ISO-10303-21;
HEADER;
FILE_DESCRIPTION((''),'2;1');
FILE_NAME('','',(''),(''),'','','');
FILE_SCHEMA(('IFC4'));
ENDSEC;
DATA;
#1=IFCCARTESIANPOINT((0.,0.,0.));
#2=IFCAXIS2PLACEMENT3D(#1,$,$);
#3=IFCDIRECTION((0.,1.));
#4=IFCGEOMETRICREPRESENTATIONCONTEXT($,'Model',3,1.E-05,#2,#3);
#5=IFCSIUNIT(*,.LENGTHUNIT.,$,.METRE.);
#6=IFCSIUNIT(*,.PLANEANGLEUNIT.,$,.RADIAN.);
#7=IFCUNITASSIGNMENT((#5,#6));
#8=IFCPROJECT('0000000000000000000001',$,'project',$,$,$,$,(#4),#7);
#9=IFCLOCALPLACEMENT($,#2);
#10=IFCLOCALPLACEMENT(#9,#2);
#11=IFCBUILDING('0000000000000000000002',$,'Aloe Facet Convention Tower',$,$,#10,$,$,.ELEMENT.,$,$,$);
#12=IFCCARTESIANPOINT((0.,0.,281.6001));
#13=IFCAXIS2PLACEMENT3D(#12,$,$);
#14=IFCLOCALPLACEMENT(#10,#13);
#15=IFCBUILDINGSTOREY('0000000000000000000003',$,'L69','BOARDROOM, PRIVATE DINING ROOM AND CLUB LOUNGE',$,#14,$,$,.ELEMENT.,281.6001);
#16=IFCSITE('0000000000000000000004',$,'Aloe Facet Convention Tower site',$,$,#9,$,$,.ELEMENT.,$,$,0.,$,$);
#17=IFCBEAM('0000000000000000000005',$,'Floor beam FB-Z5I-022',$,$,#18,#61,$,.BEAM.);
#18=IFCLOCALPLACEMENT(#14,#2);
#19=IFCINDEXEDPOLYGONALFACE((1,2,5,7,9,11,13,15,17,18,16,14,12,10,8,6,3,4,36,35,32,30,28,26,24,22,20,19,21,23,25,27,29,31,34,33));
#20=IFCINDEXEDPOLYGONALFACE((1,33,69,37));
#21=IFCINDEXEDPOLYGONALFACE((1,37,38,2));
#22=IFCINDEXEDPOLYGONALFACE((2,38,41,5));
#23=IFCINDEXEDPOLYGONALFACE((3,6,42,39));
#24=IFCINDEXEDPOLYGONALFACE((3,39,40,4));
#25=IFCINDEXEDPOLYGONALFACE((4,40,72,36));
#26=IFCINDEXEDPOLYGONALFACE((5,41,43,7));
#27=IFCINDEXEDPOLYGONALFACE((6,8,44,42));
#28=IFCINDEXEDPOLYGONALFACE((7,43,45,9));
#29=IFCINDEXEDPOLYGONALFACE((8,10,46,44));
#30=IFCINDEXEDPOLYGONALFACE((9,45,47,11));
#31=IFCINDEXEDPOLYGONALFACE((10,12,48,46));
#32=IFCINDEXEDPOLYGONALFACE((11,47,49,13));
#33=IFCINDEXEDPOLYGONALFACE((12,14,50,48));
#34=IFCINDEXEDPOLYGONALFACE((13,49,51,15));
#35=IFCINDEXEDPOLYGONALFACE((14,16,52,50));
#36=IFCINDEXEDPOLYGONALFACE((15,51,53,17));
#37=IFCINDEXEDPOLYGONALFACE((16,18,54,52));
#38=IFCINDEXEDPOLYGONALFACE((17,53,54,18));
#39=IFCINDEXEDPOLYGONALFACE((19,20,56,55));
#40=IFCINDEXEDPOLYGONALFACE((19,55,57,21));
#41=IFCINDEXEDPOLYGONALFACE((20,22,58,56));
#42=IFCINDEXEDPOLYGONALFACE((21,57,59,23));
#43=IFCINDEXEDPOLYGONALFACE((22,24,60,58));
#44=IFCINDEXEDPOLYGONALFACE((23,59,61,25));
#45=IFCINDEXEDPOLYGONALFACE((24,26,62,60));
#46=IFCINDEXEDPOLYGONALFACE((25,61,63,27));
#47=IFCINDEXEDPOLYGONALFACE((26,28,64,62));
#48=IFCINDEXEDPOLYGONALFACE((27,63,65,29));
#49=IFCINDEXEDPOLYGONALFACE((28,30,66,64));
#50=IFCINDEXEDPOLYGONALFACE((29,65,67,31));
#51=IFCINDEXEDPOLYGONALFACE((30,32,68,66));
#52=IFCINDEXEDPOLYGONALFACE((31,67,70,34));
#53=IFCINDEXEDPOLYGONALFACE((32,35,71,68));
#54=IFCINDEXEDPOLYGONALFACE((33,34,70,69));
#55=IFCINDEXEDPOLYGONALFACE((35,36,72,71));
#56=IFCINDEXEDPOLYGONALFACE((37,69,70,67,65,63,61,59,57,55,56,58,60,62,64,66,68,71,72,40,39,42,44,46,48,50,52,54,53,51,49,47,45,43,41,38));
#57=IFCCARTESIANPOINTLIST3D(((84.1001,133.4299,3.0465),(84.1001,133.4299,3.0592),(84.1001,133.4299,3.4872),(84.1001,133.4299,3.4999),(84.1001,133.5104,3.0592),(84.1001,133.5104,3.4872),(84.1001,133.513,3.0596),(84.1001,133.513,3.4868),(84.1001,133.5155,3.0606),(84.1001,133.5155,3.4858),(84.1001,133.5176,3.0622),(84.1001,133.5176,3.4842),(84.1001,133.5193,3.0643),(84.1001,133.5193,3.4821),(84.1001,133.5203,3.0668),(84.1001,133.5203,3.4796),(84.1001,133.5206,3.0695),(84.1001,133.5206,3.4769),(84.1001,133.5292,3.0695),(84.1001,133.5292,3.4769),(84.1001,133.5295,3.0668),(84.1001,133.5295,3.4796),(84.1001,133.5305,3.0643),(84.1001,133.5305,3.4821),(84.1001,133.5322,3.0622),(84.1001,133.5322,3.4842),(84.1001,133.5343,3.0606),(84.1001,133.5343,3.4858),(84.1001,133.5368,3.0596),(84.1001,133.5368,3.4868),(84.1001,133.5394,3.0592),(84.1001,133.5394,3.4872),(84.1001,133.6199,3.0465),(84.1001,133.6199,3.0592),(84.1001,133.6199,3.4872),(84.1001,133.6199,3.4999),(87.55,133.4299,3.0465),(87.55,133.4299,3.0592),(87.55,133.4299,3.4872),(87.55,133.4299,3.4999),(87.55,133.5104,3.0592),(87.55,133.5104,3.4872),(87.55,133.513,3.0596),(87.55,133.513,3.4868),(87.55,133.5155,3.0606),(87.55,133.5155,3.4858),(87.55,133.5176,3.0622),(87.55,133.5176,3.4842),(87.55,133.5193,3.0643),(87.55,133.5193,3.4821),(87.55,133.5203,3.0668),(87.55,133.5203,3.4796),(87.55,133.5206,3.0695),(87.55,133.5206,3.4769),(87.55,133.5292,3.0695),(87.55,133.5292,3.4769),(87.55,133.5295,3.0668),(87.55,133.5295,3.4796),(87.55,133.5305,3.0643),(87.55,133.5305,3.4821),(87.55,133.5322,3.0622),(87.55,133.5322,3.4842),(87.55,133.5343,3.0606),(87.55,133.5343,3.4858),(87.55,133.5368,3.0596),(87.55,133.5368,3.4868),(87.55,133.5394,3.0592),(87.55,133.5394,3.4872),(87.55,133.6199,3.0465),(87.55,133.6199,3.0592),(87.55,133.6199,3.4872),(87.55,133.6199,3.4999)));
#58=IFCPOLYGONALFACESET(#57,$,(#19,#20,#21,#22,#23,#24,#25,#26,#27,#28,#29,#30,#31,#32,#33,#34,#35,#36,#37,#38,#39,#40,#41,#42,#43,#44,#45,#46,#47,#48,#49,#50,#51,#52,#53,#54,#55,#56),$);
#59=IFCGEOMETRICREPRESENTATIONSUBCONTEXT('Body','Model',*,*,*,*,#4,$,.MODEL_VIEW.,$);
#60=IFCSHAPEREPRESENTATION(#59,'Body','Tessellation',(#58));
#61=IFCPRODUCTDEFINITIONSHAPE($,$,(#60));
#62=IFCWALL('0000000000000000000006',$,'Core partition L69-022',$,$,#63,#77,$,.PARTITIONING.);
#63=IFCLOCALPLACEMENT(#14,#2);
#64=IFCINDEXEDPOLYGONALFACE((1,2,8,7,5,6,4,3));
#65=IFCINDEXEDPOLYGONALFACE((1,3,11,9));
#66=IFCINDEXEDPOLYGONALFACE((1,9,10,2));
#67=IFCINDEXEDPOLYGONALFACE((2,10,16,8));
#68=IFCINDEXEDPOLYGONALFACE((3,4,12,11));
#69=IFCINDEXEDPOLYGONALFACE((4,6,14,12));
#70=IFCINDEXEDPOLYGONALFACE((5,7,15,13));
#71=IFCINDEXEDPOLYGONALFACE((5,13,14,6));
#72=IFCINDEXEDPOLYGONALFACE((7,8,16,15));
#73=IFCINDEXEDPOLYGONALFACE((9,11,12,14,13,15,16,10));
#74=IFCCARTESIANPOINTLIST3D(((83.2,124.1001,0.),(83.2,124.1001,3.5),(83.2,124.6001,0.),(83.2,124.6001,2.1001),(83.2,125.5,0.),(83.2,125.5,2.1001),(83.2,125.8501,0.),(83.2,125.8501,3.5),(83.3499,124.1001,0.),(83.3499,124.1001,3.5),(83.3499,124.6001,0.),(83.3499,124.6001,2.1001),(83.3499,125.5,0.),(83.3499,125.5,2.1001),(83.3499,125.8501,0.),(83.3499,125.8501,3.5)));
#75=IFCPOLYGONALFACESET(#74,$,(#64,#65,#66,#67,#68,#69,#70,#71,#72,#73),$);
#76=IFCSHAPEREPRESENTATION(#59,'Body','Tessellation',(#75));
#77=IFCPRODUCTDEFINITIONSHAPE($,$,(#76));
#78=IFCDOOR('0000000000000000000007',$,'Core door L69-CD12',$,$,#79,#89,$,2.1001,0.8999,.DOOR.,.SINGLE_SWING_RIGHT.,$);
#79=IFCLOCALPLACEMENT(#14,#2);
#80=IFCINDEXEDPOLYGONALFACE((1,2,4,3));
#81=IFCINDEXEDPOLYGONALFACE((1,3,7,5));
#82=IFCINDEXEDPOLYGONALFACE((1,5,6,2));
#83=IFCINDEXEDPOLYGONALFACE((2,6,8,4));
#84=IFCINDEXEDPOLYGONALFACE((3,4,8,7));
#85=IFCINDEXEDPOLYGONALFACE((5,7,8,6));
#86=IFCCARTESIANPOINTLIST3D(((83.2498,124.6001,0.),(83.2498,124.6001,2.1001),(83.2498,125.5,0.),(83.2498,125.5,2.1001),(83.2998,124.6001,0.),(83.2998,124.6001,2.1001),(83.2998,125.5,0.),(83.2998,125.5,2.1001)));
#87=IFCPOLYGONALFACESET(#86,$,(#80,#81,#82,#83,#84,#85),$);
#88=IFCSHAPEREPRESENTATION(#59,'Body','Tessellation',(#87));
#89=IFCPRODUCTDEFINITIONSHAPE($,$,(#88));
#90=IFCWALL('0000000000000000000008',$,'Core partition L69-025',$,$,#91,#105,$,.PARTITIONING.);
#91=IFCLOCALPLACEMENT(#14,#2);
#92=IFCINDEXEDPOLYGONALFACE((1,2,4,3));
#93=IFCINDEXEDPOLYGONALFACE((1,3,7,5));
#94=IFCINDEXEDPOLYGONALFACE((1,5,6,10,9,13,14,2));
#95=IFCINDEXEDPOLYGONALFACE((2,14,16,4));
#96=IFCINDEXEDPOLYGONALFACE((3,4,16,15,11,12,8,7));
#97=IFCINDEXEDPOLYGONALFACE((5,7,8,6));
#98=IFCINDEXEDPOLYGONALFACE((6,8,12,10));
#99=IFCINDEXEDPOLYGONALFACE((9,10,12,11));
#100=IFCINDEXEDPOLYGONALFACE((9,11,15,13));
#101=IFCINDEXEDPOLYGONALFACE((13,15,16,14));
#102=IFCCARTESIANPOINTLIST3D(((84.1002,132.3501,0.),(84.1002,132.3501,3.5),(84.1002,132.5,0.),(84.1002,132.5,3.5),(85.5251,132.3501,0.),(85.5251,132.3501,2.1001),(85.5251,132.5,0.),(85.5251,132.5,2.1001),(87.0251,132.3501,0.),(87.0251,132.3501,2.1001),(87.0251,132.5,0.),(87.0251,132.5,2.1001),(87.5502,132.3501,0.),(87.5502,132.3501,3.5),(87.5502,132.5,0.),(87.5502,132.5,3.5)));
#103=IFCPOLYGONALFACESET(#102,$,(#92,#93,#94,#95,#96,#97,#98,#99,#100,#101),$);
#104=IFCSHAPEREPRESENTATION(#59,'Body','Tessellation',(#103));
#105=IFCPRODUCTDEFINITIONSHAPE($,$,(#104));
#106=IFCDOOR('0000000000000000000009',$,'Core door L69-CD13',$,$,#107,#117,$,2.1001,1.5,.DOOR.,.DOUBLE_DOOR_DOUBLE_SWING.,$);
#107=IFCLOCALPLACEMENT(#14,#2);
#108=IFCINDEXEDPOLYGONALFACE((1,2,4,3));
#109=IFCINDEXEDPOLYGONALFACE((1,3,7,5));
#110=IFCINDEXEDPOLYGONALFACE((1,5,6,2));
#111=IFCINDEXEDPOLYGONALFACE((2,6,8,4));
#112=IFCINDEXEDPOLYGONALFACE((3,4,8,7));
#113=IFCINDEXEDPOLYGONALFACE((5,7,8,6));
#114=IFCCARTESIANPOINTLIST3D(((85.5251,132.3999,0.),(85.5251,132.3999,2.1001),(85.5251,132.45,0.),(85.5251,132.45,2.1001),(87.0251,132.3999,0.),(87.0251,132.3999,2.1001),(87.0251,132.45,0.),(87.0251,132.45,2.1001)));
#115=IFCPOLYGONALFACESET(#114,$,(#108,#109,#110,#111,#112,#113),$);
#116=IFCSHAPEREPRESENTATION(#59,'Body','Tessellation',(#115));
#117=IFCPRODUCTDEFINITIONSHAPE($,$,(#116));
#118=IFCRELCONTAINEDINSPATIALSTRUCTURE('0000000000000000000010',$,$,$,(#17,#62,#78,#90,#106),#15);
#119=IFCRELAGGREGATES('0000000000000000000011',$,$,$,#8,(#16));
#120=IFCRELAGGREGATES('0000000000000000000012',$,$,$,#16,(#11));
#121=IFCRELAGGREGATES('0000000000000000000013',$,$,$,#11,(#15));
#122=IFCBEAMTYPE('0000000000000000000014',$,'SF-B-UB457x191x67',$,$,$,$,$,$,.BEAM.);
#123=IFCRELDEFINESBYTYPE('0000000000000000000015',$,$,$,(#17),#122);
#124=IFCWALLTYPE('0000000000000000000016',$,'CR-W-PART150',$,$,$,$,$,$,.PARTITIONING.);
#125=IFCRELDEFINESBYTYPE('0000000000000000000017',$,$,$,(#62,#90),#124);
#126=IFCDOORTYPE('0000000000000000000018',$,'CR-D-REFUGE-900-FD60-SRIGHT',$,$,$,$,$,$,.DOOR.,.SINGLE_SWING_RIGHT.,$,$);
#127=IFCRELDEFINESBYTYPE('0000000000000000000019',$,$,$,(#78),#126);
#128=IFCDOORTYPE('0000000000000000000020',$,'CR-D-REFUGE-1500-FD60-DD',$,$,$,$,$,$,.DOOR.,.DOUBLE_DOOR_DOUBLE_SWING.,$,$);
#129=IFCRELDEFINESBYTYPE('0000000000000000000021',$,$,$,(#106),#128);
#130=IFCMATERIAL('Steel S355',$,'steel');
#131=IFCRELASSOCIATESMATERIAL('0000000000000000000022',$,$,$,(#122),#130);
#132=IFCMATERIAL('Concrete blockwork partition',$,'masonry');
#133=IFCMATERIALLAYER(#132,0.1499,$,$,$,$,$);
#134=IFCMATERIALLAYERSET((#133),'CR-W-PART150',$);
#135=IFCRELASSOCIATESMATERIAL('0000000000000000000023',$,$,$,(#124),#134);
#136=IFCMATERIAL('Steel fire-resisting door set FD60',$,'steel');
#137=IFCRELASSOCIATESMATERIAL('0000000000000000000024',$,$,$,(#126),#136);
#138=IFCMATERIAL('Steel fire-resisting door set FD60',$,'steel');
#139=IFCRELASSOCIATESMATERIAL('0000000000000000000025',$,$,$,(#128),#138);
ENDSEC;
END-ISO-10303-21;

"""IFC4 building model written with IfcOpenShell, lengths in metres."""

from ifc_helpers import new_model, si_unit, direction, frame, frame_2d, origin, origin_2d, place, context, subcontext, project, spatial, rectangle, i_section, extrude, material, layer, layer_set, material_profile, profile_set, type_object, element, fill, save


model = new_model("IFC4")

# Units and contexts
model_context = context("Model", 3, precision=1e-05, world=origin(), true_north=direction((0.0, 1.0)))
body_context = subcontext(model_context, "Body", "Model", "MODEL_VIEW")
ifc_project = project(units=[si_unit("LENGTHUNIT", "METRE"), si_unit("PLANEANGLEUNIT", "RADIAN")], contexts=[model_context])

# Site, building, storey
site_placement = place(None, origin())
site = spatial("IfcSite", under=ifc_project, at=site_placement, Name="Aloe Facet Convention Tower site", CompositionType="ELEMENT", RefElevation=0.0)
building_placement = place(site_placement, origin())
building = spatial("IfcBuilding", under=site, at=building_placement, Name="Aloe Facet Convention Tower", CompositionType="ELEMENT")
storey_placement = place(building_placement, frame((0.0, 0.0, 281.6001)))
storey = spatial("IfcBuildingStorey", under=building, at=storey_placement, Name="L69", Description="BOARDROOM, PRIVATE DINING ROOM AND CLUB LOUNGE", CompositionType="ELEMENT", Elevation=281.6001)

# Beam
ifc_material_1 = material(Name="Steel S355", Category="steel")
ifc_material_profile = material_profile(ifc_material_1, i_section(OverallWidth=0.1899, OverallDepth=0.4534, WebThickness=0.0085, FlangeThickness=0.0127, FilletRadius=0.0103, at=origin_2d()), Name="UB 457x191x67")
ifc_profile_set = profile_set([ifc_material_profile], Name="Steel S355")
beam_type = type_object("IfcBeamType", Name="SF-B-UB457x191x67", PredefinedType="BEAM", material=ifc_profile_set)
beam_placement = place(storey_placement, frame((84.1001, 133.5249, 3.2732), z_axis=(1.0, 0.0, 0.0), x_axis=(0.0, 1.0, 0.0)))
element("IfcBeam", 1, at=beam_placement, inside=storey, type_object=beam_type, Name="Floor beam FB-Z5I-022", PredefinedType="BEAM", context=body_context, shape_type="SweptSolid", body=[
    extrude(i_section(OverallWidth=0.1899, OverallDepth=0.4534, WebThickness=0.0085, FlangeThickness=0.0127, FilletRadius=0.0103, at=origin_2d()), origin(), (0.0, 0.0, 1.0), 3.45),
])

# Walls, openings, doors
ifc_material_2 = material(Name="Concrete blockwork partition", Category="masonry")
ifc_layer_1 = layer(ifc_material_2, 0.1499)
ifc_layer_set_1 = layer_set([ifc_layer_1], Name="CR-W-PART150")
wall_type_1 = type_object("IfcWallType", Name="CR-W-PART150", PredefinedType="PARTITIONING", material=ifc_layer_set_1)
wall_1_placement = place(storey_placement, frame((83.2749, 125.8501, 0.0), z_axis=(0.0, 0.0, 1.0), x_axis=(0.0, -1.0, 0.0)))
wall_1 = element("IfcWall", 2, at=wall_1_placement, inside=storey, type_object=wall_type_1, Name="Core partition L69-022", PredefinedType="PARTITIONING", context=body_context, shape_type="SweptSolid", body=[
    extrude(rectangle(XDim=1.75, YDim=0.1499, at=frame_2d((0.875, 0.0))), origin(), (0.0, 0.0, 1.0), 3.5),
])
opening_1_placement = place(wall_1_placement, frame((0.3501, 0.0, 0.0)))
opening_1 = element("IfcOpeningElement", 3, at=opening_1_placement, cuts=wall_1, PredefinedType="OPENING", context=body_context, shape_type="SweptSolid", body=[
    extrude(rectangle(XDim=0.8999, YDim=2.1001, at=frame_2d((0.45, 1.05))), frame((0.0, 0.085, 0.0), z_axis=(0.0, -1.0, 0.0), x_axis=(1.0, 0.0, 0.0)), (0.0, 0.0, 1.0), 0.1699),
])
ifc_material_3 = material(Name="Steel fire-resisting door set FD60", Category="steel")
door_type_1 = type_object("IfcDoorType", Name="CR-D-REFUGE-900-FD60-SRIGHT", OperationType="SINGLE_SWING_RIGHT", PredefinedType="DOOR", material=ifc_material_3)
door_1_placement = place(opening_1_placement, origin())
door_1 = element("IfcDoor", 4, at=door_1_placement, inside=storey, type_object=door_type_1, Name="Core door L69-CD12", OperationType="SINGLE_SWING_RIGHT", OverallHeight=2.1001, OverallWidth=0.8999, PredefinedType="DOOR", context=body_context, shape_type="SweptSolid", body=[
    extrude(rectangle(XDim=0.8999, YDim=2.1001, at=frame_2d((0.45, 1.05))), frame((0.0, 0.0249, 0.0), z_axis=(0.0, -1.0, 0.0), x_axis=(1.0, 0.0, 0.0)), (0.0, 0.0, 1.0), 0.05),
])
fill(opening_1, door_1)
wall_2_placement = place(storey_placement, frame((84.1001, 132.425, 0.0), z_axis=(0.0, 0.0, 1.0), x_axis=(1.0, 0.0, 0.0)))
wall_2 = element("IfcWall", 5, at=wall_2_placement, inside=storey, type_object=wall_type_1, Name="Core partition L69-025", PredefinedType="PARTITIONING", context=body_context, shape_type="SweptSolid", body=[
    extrude(rectangle(XDim=3.45, YDim=0.1499, at=frame_2d((1.7251, 0.0))), origin(), (0.0, 0.0, 1.0), 3.5),
])
opening_2_placement = place(wall_2_placement, frame((1.425, 0.0, 0.0)))
opening_2 = element("IfcOpeningElement", 6, at=opening_2_placement, cuts=wall_2, PredefinedType="OPENING", context=body_context, shape_type="SweptSolid", body=[
    extrude(rectangle(XDim=1.5, YDim=2.1001, at=frame_2d((0.75, 1.05))), frame((0.0, 0.085, 0.0), z_axis=(0.0, -1.0, 0.0), x_axis=(1.0, 0.0, 0.0)), (0.0, 0.0, 1.0), 0.1699),
])
ifc_material_4 = material(Name="Steel fire-resisting door set FD60", Category="steel")
door_type_2 = type_object("IfcDoorType", Name="CR-D-REFUGE-1500-FD60-DD", OperationType="DOUBLE_DOOR_DOUBLE_SWING", PredefinedType="DOOR", material=ifc_material_4)
door_2_placement = place(opening_2_placement, origin())
door_2 = element("IfcDoor", 7, at=door_2_placement, inside=storey, type_object=door_type_2, Name="Core door L69-CD13", OperationType="DOUBLE_DOOR_DOUBLE_SWING", OverallHeight=2.1001, OverallWidth=1.5, PredefinedType="DOOR", context=body_context, shape_type="SweptSolid", body=[
    extrude(rectangle(XDim=1.5, YDim=2.1001, at=frame_2d((0.75, 1.05))), frame((0.0, 0.0249, 0.0), z_axis=(0.0, -1.0, 0.0), x_axis=(1.0, 0.0, 0.0)), (0.0, 0.0, 1.0), 0.05),
])
fill(opening_2, door_2)

save(model, "model.ifc")
